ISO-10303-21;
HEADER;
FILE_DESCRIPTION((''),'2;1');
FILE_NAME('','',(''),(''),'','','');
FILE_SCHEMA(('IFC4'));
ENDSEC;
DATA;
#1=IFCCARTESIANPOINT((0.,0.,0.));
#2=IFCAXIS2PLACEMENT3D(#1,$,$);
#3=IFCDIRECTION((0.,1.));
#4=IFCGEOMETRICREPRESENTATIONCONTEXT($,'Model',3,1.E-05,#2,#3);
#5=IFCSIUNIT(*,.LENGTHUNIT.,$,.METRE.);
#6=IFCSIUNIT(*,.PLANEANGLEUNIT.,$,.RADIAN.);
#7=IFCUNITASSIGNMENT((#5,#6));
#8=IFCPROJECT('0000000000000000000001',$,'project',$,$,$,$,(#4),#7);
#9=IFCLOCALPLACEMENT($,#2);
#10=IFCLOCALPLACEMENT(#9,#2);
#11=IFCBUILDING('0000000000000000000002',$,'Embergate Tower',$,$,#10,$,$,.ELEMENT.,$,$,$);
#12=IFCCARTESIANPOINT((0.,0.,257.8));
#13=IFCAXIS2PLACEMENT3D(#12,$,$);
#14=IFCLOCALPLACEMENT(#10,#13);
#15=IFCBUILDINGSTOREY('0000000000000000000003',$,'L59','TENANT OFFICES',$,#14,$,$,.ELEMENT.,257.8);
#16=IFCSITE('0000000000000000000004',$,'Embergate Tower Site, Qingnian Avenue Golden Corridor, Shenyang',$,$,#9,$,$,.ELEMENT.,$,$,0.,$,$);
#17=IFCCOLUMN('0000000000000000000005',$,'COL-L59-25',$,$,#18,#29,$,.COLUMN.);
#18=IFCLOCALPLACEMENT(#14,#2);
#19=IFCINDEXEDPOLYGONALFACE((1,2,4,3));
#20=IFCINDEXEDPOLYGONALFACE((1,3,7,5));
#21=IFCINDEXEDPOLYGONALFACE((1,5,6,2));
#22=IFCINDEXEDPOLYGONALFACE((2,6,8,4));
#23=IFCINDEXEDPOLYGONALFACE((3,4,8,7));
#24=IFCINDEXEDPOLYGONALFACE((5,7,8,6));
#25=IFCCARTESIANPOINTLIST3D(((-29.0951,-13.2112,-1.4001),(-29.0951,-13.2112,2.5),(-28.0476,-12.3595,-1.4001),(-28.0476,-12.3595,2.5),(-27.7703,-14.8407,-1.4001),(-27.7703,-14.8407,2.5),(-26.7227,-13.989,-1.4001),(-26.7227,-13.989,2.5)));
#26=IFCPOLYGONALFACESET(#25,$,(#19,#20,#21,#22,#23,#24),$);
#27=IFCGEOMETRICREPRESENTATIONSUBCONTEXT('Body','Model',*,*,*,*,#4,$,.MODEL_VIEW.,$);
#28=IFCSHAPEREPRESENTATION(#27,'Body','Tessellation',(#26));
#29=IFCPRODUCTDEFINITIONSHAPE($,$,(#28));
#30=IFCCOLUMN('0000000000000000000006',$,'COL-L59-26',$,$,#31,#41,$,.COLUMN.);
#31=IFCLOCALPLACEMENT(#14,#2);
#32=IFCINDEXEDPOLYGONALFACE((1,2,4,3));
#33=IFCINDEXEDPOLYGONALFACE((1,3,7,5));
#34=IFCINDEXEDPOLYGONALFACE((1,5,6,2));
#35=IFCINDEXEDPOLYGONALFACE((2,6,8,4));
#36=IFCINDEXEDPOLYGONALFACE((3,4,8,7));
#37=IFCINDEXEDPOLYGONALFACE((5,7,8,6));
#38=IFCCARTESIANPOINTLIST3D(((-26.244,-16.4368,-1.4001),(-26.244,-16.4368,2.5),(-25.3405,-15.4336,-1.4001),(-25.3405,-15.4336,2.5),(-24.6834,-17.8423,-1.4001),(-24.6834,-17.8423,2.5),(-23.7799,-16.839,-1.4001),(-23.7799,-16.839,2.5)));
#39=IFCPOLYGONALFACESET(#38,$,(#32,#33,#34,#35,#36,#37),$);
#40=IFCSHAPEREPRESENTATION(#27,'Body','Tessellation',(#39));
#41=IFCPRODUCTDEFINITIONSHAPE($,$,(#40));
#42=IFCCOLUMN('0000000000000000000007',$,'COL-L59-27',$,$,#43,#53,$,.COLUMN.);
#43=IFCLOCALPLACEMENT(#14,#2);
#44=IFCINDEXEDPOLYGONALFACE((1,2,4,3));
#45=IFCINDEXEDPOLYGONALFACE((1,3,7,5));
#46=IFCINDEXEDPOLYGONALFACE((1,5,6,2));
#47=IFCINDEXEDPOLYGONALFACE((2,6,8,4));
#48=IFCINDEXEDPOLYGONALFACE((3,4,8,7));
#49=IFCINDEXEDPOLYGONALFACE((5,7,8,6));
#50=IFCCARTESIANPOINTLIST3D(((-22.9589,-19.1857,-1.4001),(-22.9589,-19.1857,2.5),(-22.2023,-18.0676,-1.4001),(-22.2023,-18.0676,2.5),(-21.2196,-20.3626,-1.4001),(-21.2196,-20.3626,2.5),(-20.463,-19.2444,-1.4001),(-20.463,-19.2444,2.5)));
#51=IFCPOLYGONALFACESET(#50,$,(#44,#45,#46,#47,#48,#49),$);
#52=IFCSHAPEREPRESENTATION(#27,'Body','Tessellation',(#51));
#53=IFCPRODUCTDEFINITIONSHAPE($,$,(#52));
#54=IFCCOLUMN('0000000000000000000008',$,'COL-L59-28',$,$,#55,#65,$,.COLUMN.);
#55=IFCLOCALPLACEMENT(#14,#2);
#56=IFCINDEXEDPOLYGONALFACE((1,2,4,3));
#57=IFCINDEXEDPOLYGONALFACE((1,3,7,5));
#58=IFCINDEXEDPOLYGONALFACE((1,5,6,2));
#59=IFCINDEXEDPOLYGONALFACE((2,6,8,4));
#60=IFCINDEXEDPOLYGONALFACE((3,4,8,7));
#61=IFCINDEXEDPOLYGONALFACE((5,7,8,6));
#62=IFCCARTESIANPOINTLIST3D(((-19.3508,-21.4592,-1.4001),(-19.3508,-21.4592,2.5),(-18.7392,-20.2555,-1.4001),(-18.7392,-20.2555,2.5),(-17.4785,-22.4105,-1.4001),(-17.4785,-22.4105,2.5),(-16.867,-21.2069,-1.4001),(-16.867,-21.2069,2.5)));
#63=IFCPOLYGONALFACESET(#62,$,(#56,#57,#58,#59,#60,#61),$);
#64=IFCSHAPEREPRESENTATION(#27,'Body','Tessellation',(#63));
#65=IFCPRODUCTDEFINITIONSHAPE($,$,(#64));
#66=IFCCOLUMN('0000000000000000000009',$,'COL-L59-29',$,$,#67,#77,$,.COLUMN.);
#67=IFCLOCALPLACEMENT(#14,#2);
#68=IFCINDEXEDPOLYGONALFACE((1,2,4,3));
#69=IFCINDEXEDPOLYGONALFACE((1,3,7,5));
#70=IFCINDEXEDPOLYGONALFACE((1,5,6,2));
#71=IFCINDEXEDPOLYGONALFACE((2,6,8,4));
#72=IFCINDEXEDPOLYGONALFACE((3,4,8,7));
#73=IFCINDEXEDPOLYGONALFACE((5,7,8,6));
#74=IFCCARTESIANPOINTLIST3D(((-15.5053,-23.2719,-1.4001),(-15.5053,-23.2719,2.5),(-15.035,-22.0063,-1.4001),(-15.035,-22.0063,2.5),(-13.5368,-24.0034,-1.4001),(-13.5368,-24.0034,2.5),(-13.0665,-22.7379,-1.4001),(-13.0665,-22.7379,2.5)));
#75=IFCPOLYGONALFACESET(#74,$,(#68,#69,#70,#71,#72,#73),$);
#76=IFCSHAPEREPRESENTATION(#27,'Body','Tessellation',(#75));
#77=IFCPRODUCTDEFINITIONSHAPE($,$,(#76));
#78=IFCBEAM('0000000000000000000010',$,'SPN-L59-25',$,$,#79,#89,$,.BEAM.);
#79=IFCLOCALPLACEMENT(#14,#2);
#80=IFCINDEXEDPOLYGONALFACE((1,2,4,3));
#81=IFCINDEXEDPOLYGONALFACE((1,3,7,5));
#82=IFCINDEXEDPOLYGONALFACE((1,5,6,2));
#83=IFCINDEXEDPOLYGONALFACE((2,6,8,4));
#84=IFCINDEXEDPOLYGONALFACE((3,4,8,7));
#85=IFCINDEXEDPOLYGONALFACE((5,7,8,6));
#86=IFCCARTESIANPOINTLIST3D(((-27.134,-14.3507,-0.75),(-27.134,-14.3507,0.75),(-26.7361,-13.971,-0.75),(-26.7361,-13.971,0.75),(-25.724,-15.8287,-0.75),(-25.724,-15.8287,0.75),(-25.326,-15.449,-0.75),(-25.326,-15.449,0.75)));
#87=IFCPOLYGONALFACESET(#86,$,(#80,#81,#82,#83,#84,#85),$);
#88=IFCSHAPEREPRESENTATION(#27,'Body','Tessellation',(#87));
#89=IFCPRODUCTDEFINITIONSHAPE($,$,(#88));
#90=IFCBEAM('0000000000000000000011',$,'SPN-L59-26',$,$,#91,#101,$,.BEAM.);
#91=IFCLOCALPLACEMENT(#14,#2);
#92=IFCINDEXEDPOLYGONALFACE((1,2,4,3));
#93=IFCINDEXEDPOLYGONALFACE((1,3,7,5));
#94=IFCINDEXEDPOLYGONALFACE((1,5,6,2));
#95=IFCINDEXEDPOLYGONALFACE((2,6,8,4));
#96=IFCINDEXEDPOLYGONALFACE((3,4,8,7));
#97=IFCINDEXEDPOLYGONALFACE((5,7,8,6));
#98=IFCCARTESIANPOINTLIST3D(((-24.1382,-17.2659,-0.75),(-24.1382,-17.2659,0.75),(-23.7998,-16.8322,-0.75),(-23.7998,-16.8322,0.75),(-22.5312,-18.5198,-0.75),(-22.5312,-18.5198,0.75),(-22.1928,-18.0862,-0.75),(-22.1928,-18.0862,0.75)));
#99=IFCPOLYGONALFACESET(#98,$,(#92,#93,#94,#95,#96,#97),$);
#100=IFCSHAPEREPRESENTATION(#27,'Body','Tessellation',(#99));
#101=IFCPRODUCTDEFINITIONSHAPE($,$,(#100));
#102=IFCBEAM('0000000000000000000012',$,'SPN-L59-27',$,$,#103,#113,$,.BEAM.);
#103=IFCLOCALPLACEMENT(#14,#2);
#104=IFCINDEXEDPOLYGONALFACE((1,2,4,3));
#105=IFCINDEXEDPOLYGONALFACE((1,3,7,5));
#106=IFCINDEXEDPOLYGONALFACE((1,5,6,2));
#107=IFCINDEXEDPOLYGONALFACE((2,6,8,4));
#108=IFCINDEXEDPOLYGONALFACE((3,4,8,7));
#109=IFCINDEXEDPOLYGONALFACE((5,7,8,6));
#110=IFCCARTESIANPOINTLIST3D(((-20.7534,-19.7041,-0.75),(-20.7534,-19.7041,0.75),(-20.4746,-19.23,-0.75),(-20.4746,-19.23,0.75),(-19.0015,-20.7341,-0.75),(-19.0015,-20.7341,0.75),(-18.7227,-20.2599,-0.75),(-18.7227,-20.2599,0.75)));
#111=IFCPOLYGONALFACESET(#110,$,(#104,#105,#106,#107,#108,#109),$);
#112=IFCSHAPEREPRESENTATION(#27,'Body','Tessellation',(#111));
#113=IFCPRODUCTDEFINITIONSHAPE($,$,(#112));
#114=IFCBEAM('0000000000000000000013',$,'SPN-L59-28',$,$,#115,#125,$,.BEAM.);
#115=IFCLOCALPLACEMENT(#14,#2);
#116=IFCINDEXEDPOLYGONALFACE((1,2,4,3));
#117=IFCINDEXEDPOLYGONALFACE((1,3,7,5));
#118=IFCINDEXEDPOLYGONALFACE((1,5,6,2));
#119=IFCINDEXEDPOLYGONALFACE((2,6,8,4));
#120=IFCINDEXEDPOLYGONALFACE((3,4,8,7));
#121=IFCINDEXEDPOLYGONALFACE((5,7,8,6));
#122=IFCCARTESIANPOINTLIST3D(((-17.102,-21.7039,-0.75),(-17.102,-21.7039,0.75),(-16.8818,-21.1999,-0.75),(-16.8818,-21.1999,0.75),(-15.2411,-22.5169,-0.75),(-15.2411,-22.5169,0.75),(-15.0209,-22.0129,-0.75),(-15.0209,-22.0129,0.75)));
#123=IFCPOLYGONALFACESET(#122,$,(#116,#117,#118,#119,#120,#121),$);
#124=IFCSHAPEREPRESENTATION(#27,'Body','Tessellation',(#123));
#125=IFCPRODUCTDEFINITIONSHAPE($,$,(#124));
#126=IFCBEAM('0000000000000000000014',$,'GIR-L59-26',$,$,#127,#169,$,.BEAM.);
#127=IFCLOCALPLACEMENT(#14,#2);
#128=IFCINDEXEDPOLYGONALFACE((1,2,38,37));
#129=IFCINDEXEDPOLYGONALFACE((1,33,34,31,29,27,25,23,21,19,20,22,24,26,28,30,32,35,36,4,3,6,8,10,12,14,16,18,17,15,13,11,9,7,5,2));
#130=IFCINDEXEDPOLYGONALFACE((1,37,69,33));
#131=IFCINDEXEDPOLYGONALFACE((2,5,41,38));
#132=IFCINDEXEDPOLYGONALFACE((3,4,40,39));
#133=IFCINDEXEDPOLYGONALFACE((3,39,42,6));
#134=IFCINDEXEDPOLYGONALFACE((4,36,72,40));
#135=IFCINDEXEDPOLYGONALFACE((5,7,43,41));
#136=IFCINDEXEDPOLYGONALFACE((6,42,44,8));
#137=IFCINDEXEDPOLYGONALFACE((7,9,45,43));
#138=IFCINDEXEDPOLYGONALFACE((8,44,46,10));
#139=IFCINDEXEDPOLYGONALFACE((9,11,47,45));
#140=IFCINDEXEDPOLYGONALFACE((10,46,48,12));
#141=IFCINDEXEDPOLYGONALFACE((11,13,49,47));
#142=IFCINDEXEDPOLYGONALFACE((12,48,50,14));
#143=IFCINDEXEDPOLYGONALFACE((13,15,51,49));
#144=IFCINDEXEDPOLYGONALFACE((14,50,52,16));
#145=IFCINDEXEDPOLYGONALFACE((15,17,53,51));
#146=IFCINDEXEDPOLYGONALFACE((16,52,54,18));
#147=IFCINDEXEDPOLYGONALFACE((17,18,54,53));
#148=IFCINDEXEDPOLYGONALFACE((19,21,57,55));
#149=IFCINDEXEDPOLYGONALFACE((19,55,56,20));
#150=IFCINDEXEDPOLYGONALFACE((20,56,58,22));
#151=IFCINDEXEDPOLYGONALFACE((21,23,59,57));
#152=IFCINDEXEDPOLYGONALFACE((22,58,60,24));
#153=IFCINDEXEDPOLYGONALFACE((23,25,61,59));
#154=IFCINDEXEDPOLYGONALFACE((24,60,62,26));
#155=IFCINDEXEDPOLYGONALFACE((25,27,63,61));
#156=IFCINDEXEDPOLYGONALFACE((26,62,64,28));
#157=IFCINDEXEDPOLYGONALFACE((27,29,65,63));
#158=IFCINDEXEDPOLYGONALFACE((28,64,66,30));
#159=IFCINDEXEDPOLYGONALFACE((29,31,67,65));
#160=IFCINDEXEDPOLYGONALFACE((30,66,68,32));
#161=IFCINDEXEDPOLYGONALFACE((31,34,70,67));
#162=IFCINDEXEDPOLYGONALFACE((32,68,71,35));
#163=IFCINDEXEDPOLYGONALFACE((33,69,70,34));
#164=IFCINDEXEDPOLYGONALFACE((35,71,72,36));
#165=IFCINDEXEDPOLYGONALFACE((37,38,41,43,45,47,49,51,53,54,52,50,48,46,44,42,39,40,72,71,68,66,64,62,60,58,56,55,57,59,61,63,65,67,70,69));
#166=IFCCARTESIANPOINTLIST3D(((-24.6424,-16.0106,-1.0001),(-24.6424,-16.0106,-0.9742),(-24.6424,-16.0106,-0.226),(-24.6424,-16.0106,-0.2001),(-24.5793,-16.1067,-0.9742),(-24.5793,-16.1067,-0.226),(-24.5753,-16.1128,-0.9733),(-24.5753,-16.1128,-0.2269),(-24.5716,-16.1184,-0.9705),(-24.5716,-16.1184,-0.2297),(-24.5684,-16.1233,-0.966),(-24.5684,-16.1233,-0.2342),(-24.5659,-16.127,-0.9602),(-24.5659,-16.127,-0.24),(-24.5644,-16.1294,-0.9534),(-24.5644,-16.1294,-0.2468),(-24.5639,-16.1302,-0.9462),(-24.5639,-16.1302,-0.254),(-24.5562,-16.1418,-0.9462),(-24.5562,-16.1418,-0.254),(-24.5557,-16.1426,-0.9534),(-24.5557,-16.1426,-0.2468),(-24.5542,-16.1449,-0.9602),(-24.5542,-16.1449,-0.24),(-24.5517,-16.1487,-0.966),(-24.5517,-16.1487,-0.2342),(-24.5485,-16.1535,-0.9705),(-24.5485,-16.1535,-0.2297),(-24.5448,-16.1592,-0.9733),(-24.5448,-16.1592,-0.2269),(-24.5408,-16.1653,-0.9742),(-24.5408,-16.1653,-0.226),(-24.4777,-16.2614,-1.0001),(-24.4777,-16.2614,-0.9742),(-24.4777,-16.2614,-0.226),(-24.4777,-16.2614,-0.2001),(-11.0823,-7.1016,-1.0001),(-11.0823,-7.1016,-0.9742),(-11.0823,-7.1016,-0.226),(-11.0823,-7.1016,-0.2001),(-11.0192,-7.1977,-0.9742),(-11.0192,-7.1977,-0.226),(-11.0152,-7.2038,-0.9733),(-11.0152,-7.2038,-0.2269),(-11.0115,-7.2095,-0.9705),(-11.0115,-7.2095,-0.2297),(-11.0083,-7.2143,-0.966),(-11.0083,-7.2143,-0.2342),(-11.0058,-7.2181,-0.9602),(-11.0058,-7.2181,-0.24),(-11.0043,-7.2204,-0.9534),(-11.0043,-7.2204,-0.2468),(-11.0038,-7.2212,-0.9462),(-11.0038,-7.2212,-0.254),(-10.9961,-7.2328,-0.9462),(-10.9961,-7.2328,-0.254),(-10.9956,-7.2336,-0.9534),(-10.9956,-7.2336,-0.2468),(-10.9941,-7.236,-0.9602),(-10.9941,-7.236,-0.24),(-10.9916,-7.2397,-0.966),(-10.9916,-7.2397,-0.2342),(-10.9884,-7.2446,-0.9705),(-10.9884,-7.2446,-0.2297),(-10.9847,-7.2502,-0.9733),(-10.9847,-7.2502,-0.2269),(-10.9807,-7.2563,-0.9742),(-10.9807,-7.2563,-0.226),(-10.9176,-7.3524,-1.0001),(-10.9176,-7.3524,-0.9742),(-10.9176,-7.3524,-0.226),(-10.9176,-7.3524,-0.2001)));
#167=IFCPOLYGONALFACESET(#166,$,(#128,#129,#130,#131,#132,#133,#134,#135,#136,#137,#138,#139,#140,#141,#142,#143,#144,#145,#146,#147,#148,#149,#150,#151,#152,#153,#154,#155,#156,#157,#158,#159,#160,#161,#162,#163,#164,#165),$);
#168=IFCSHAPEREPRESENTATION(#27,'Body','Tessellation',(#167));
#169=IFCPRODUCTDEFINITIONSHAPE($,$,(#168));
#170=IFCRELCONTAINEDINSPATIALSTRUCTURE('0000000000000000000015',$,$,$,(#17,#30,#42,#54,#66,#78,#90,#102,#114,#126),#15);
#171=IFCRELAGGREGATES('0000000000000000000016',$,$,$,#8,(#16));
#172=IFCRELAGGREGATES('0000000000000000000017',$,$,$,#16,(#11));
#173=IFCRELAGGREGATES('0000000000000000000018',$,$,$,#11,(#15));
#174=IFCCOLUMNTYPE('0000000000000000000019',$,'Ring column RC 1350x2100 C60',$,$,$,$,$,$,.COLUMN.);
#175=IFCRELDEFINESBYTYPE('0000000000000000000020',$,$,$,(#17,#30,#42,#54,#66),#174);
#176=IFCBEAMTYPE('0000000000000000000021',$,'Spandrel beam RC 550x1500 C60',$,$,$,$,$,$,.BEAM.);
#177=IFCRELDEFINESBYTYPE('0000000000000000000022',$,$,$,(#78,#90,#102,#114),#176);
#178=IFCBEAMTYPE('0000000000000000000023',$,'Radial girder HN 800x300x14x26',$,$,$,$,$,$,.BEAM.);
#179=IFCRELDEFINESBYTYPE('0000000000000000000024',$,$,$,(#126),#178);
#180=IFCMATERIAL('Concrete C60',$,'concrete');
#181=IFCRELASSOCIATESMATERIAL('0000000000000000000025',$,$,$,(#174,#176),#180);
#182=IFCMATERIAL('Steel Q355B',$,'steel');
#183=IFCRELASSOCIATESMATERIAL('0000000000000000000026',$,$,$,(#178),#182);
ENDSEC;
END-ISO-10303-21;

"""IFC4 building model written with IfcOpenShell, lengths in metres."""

from ifc_helpers import new_model, si_unit, direction, frame, origin, origin_2d, place, context, subcontext, project, spatial, rectangle, i_section, extrude, source, transform, mapped, material, material_profile, profile_set, type_object, element, save


model = new_model("IFC4")

# Units and contexts
model_context = context("Model", 3, precision=1e-05, world=origin(), true_north=direction((0.0, 1.0)))
body_context = subcontext(model_context, "Body", "Model", "MODEL_VIEW")
ifc_project = project(units=[si_unit("LENGTHUNIT", "METRE"), si_unit("PLANEANGLEUNIT", "RADIAN")], contexts=[model_context])

# Site, building, storey
site_placement = place(None, origin())
site = spatial("IfcSite", under=ifc_project, at=site_placement, Name="Embergate Tower Site, Qingnian Avenue Golden Corridor, Shenyang", CompositionType="ELEMENT", RefElevation=0.0)
building_placement = place(site_placement, origin())
building = spatial("IfcBuilding", under=site, at=building_placement, Name="Embergate Tower", CompositionType="ELEMENT")
storey_placement = place(building_placement, frame((0.0, 0.0, 257.8)))
storey = spatial("IfcBuildingStorey", under=building, at=storey_placement, Name="L59", Description="TENANT OFFICES", CompositionType="ELEMENT", Elevation=257.8)

# Columns
ifc_material_1 = material(Name="Concrete C60", Category="concrete")
ifc_material_profile_1 = material_profile(ifc_material_1, rectangle(XDim=1.3501, YDim=2.1001, at=origin_2d()), Name="RC 1350x2100")
ifc_profile_set_1 = profile_set([ifc_material_profile_1], Name="Concrete C60")
column_type = type_object("IfcColumnType", Name="Ring column RC 1350x2100 C60", PredefinedType="COLUMN", material=ifc_profile_set_1)
shared_shape_1 = source(origin(), body_context, "Body", "SweptSolid", [
    extrude(rectangle(XDim=1.3501, YDim=2.1001, at=origin_2d()), origin(), (0.0, 0.0, 1.0), 3.9001),
])
for number, where, z_axis, x_axis, name in (
    (1, (-27.9089, -13.6001, -1.4001), (0.0, 0.0, 1.0), (-0.775914, -0.630838, 0.0), "COL-L59-25"),
    (2, (-25.012, -16.6379, -1.4001), (0.0, 0.0, 1.0), (-0.669208, -0.743075, 0.0), "COL-L59-26"),
    (3, (-21.7109, -19.2151, -1.4001), (0.0, 0.0, 1.0), (-0.560393, -0.828227, 0.0), "COL-L59-27"),
    (4, (-18.1089, -21.333, -1.4001), (0.0, 0.0, 1.0), (-0.452995, -0.891513, 0.0), "COL-L59-28"),
    (5, (-14.2859, -23.0049, -1.4001), (0.0, 0.0, 1.0), (-0.348343, -0.937367, 0.0), "COL-L59-29"),
):
    element("IfcColumn", number, at=place(storey_placement, frame(where, z_axis=z_axis, x_axis=x_axis)), inside=storey, type_object=column_type, Name=name, PredefinedType="COLUMN", context=body_context, shape_type="MappedRepresentation", body=[
        mapped(shared_shape_1, transform((0.0, 0.0, 0.0))),
    ])

# Beams
ifc_material_profile_2 = material_profile(ifc_material_1, rectangle(XDim=0.55, YDim=1.5, at=origin_2d()), Name="RC 550x1500")
ifc_profile_set_2 = profile_set([ifc_material_profile_2], Name="Concrete C60")
beam_type_1 = type_object("IfcBeamType", Name="Spandrel beam RC 550x1500 C60", PredefinedType="BEAM", material=ifc_profile_set_2)
shared_shape_2 = source(origin(), body_context, "Body", "SweptSolid", [
    extrude(rectangle(XDim=0.55, YDim=1.5, at=origin_2d()), origin(), (0.0, 0.0, 1.0), 2.0427),
])
beam_1_placement = place(storey_placement, frame((-26.9351, -14.1609, 0.0), z_axis=(0.690299, -0.723524, 0.0), x_axis=(0.723524, 0.690299, 0.0)))
element("IfcBeam", 6, at=beam_1_placement, inside=storey, type_object=beam_type_1, Name="SPN-L59-25", PredefinedType="BEAM", context=body_context, shape_type="MappedRepresentation", body=[
    mapped(shared_shape_2, transform((0.0, 0.0, 0.0))),
])
shared_shape_3 = source(origin(), body_context, "Body", "SweptSolid", [
    extrude(rectangle(XDim=0.55, YDim=1.5, at=origin_2d()), origin(), (0.0, 0.0, 1.0), 2.0383),
])
beam_2_placement = place(storey_placement, frame((-23.969, -17.0491, 0.0), z_axis=(0.788384, -0.615184, 0.0), x_axis=(0.615184, 0.788384, 0.0)))
element("IfcBeam", 7, at=beam_2_placement, inside=storey, type_object=beam_type_1, Name="SPN-L59-26", PredefinedType="BEAM", context=body_context, shape_type="MappedRepresentation", body=[
    mapped(shared_shape_3, transform((0.0, 0.0, 0.0))),
])
shared_shape_4 = source(origin(), body_context, "Body", "SweptSolid", [
    extrude(rectangle(XDim=0.55, YDim=1.5, at=origin_2d()), origin(), (0.0, 0.0, 1.0), 2.0322),
])
beam_3_placement = place(storey_placement, frame((-20.614, -19.467, 0.0), z_axis=(0.862048, -0.506826, 0.0), x_axis=(0.506826, 0.862048, 0.0)))
element("IfcBeam", 8, at=beam_3_placement, inside=storey, type_object=beam_type_1, Name="SPN-L59-27", PredefinedType="BEAM", context=body_context, shape_type="MappedRepresentation", body=[
    mapped(shared_shape_4, transform((0.0, 0.0, 0.0))),
])
shared_shape_5 = source(origin(), body_context, "Body", "SweptSolid", [
    extrude(rectangle(XDim=0.55, YDim=1.5, at=origin_2d()), origin(), (0.0, 0.0, 1.0), 2.0308),
])
beam_4_placement = place(storey_placement, frame((-16.9919, -21.4519, 0.0), z_axis=(0.916361, -0.400352, 0.0), x_axis=(0.400352, 0.916361, 0.0)))
element("IfcBeam", 9, at=beam_4_placement, inside=storey, type_object=beam_type_1, Name="SPN-L59-28", PredefinedType="BEAM", context=body_context, shape_type="MappedRepresentation", body=[
    mapped(shared_shape_5, transform((0.0, 0.0, 0.0))),
])
ifc_material_2 = material(Name="Steel Q355B", Category="steel")
ifc_material_profile_3 = material_profile(ifc_material_2, i_section(OverallWidth=0.3, OverallDepth=0.8, WebThickness=0.0139, FlangeThickness=0.0259, FilletRadius=0.0281, at=origin_2d()), Name="HN 800x300x14x26")
ifc_profile_set_3 = profile_set([ifc_material_profile_3], Name="Steel Q355 grade B")
beam_type_2 = type_object("IfcBeamType", Name="Radial girder HN 800x300x14x26", PredefinedType="BEAM", material=ifc_profile_set_3)
shared_shape_6 = source(origin(), body_context, "Body", "SweptSolid", [
    extrude(i_section(OverallWidth=0.3, OverallDepth=0.8, WebThickness=0.0139, FlangeThickness=0.0259, FilletRadius=0.0281, at=origin_2d()), origin(), (0.0, 0.0, 1.0), 16.2249),
])
beam_5_placement = place(storey_placement, frame((-24.5601, -16.136, -0.6001), z_axis=(0.835761, 0.549094, 0.0), x_axis=(-0.549094, 0.835761, 0.0)))
element("IfcBeam", 10, at=beam_5_placement, inside=storey, type_object=beam_type_2, Name="GIR-L59-26", PredefinedType="BEAM", context=body_context, shape_type="MappedRepresentation", body=[
    mapped(shared_shape_6, transform((0.0, 0.0, 0.0))),
])

save(model, "model.ifc")
